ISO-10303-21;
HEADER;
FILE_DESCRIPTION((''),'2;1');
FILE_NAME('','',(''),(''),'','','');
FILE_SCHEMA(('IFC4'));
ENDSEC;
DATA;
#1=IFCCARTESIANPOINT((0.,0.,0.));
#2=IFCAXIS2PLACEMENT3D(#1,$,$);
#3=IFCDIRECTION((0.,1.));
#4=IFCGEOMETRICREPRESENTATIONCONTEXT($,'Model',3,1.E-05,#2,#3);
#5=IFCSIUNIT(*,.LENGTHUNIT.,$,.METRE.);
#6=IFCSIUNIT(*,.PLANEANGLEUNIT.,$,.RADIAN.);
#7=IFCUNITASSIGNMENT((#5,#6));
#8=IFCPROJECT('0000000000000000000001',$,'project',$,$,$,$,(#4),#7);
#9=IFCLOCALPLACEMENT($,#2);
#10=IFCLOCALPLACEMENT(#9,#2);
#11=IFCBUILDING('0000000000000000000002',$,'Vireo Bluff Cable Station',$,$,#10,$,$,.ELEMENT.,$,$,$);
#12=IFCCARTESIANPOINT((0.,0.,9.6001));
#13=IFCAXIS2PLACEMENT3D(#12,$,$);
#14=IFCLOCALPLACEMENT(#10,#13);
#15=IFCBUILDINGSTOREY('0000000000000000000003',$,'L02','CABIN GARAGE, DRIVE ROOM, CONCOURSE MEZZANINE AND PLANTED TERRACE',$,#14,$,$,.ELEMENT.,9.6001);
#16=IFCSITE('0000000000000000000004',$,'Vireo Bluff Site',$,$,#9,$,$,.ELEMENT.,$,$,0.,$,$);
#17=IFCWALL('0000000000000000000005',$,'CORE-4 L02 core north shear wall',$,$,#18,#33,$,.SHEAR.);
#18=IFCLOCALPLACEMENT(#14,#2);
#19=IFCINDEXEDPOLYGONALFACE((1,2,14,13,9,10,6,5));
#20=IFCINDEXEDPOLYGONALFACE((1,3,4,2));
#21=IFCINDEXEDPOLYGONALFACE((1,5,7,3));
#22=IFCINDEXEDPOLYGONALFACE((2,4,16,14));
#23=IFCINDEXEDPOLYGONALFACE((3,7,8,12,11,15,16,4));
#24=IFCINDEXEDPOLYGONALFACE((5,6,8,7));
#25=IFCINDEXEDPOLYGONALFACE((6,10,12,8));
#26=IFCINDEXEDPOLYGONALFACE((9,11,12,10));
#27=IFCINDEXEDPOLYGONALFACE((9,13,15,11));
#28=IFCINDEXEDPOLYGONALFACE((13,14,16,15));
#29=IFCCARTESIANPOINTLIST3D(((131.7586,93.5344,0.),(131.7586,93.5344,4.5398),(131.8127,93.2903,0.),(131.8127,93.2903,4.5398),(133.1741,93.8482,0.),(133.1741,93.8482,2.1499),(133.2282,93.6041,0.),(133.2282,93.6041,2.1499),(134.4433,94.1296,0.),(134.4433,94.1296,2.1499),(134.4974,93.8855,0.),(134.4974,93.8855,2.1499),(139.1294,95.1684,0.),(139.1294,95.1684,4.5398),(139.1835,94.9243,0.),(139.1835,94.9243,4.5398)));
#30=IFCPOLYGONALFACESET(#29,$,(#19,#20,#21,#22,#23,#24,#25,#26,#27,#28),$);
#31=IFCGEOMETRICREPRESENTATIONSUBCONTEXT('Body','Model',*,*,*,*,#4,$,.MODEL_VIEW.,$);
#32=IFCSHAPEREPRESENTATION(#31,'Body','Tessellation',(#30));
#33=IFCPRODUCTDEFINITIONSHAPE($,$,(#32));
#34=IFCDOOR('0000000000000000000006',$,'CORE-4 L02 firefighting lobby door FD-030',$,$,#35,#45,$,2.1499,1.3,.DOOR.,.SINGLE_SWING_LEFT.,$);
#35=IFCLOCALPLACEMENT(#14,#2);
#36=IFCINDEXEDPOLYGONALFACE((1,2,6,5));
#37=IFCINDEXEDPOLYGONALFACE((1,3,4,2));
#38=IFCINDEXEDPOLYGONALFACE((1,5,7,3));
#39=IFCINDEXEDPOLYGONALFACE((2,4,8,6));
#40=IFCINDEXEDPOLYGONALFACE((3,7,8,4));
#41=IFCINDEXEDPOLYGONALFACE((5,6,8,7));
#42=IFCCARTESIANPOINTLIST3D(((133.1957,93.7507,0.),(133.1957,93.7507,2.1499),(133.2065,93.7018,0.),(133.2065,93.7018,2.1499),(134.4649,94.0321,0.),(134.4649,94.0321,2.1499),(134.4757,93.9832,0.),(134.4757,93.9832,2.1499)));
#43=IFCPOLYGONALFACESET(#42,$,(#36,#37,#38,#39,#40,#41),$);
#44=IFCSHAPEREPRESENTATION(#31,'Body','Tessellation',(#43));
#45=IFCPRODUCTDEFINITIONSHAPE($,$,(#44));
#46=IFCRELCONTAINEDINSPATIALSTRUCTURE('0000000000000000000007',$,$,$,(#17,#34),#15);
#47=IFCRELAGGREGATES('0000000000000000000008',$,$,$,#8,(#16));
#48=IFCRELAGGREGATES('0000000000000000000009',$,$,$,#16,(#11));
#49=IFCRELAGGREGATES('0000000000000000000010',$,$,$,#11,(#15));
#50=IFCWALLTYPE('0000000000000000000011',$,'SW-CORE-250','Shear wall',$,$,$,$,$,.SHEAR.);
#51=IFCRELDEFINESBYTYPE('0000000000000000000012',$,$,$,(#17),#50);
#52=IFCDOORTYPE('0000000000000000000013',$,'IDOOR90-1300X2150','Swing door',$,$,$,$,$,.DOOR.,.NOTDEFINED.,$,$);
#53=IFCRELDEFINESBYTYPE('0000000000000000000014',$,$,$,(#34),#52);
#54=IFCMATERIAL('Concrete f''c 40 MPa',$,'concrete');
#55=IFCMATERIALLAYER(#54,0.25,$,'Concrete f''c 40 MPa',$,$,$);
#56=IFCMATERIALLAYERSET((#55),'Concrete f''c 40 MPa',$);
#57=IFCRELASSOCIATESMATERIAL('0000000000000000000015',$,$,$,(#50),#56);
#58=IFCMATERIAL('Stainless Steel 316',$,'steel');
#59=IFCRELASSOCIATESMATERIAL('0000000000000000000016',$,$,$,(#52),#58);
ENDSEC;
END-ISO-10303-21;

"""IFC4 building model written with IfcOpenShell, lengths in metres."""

from ifc_helpers import new_model, si_unit, direction, frame, frame_2d, origin, origin_with_axes, place, context, subcontext, project, spatial, rectangle, extrude, material, layer, layer_set, type_object, element, fill, save


model = new_model("IFC4")

# Units and contexts
model_context = context("Model", 3, precision=1e-05, world=origin(), true_north=direction((0.0, 1.0)))
body_context = subcontext(model_context, "Body", "Model", "MODEL_VIEW")
ifc_project = project(units=[si_unit("LENGTHUNIT", "METRE"), si_unit("PLANEANGLEUNIT", "RADIAN")], contexts=[model_context])

# Site, building, storey
site_placement = place(None, origin())
site = spatial("IfcSite", under=ifc_project, at=site_placement, Name="Vireo Bluff Site", CompositionType="ELEMENT", RefElevation=0.0)
building_placement = place(site_placement, origin())
building = spatial("IfcBuilding", under=site, at=building_placement, Name="Vireo Bluff Cable Station", CompositionType="ELEMENT")
storey_placement = place(building_placement, frame((0.0, 0.0, 9.6001)))
storey = spatial("IfcBuildingStorey", under=building, at=storey_placement, Name="L02", Description="CABIN GARAGE, DRIVE ROOM, CONCOURSE MEZZANINE AND PLANTED TERRACE", CompositionType="ELEMENT", Elevation=9.6001)

# Wall, opening, door
ifc_material_1 = material(Name="Stainless Steel 316", Category="steel")
ifc_material_2 = material(Name="Concrete f'c 40 MPa", Category="concrete")
ifc_layer_1 = layer(ifc_material_2, 0.25, Name="Concrete f'c 40 MPa")
ifc_layer_set_1 = layer_set([ifc_layer_1], Name="Concrete f'c 40 MPa")
wall_type_1 = type_object("IfcWallType", Name="SW-CORE-250", Description="Shear wall", PredefinedType="SHEAR", material=ifc_layer_set_1)
wall_1_placement = place(storey_placement, frame((139.1565, 95.0464, 0.0), z_axis=(0.0, 0.0, 1.0), x_axis=(-0.976297, -0.216434, 0.0)))
wall_1 = element("IfcWall", 1, at=wall_1_placement, inside=storey, type_object=wall_type_1, Name="CORE-4 L02 core north shear wall", PredefinedType="SHEAR", context=body_context, shape_type="SweptSolid", body=[
    extrude(rectangle(XDim=7.5498, YDim=0.25, at=frame_2d((3.7749, 0.0))), origin(), (0.0, 0.0, 1.0), 4.5398),
])
opening_1_placement = place(wall_1_placement, frame((4.8, 0.0, 0.0)))
opening_1 = element("IfcOpeningElement", 2, at=opening_1_placement, cuts=wall_1, PredefinedType="OPENING", context=body_context, shape_type="SweptSolid", body=[
    extrude(rectangle(XDim=1.3, YDim=2.1499, at=frame_2d((0.6499, 1.075))), frame((0.0, 0.135, 0.0), z_axis=(0.0, -1.0, 0.0), x_axis=(1.0, 0.0, 0.0)), (0.0, 0.0, 1.0), 0.27),
])
door_type_1 = type_object("IfcDoorType", Name="IDOOR90-1300X2150", Description="Swing door", OperationType="NOTDEFINED", PredefinedType="DOOR", material=ifc_material_1)
door_1_placement = place(opening_1_placement, origin_with_axes())
door_1 = element("IfcDoor", 3, at=door_1_placement, inside=storey, type_object=door_type_1, Name="CORE-4 L02 firefighting lobby door FD-030", OperationType="SINGLE_SWING_LEFT", OverallHeight=2.1499, OverallWidth=1.3, PredefinedType="DOOR", context=body_context, shape_type="SweptSolid", body=[
    extrude(rectangle(XDim=1.3, YDim=2.1499, at=frame_2d((0.6499, 1.075))), frame((0.0, 0.0249, 0.0), z_axis=(0.0, -1.0, 0.0), x_axis=(1.0, 0.0, 0.0)), (0.0, 0.0, 1.0), 0.05),
])
fill(opening_1, door_1)

save(model, "model.ifc")
